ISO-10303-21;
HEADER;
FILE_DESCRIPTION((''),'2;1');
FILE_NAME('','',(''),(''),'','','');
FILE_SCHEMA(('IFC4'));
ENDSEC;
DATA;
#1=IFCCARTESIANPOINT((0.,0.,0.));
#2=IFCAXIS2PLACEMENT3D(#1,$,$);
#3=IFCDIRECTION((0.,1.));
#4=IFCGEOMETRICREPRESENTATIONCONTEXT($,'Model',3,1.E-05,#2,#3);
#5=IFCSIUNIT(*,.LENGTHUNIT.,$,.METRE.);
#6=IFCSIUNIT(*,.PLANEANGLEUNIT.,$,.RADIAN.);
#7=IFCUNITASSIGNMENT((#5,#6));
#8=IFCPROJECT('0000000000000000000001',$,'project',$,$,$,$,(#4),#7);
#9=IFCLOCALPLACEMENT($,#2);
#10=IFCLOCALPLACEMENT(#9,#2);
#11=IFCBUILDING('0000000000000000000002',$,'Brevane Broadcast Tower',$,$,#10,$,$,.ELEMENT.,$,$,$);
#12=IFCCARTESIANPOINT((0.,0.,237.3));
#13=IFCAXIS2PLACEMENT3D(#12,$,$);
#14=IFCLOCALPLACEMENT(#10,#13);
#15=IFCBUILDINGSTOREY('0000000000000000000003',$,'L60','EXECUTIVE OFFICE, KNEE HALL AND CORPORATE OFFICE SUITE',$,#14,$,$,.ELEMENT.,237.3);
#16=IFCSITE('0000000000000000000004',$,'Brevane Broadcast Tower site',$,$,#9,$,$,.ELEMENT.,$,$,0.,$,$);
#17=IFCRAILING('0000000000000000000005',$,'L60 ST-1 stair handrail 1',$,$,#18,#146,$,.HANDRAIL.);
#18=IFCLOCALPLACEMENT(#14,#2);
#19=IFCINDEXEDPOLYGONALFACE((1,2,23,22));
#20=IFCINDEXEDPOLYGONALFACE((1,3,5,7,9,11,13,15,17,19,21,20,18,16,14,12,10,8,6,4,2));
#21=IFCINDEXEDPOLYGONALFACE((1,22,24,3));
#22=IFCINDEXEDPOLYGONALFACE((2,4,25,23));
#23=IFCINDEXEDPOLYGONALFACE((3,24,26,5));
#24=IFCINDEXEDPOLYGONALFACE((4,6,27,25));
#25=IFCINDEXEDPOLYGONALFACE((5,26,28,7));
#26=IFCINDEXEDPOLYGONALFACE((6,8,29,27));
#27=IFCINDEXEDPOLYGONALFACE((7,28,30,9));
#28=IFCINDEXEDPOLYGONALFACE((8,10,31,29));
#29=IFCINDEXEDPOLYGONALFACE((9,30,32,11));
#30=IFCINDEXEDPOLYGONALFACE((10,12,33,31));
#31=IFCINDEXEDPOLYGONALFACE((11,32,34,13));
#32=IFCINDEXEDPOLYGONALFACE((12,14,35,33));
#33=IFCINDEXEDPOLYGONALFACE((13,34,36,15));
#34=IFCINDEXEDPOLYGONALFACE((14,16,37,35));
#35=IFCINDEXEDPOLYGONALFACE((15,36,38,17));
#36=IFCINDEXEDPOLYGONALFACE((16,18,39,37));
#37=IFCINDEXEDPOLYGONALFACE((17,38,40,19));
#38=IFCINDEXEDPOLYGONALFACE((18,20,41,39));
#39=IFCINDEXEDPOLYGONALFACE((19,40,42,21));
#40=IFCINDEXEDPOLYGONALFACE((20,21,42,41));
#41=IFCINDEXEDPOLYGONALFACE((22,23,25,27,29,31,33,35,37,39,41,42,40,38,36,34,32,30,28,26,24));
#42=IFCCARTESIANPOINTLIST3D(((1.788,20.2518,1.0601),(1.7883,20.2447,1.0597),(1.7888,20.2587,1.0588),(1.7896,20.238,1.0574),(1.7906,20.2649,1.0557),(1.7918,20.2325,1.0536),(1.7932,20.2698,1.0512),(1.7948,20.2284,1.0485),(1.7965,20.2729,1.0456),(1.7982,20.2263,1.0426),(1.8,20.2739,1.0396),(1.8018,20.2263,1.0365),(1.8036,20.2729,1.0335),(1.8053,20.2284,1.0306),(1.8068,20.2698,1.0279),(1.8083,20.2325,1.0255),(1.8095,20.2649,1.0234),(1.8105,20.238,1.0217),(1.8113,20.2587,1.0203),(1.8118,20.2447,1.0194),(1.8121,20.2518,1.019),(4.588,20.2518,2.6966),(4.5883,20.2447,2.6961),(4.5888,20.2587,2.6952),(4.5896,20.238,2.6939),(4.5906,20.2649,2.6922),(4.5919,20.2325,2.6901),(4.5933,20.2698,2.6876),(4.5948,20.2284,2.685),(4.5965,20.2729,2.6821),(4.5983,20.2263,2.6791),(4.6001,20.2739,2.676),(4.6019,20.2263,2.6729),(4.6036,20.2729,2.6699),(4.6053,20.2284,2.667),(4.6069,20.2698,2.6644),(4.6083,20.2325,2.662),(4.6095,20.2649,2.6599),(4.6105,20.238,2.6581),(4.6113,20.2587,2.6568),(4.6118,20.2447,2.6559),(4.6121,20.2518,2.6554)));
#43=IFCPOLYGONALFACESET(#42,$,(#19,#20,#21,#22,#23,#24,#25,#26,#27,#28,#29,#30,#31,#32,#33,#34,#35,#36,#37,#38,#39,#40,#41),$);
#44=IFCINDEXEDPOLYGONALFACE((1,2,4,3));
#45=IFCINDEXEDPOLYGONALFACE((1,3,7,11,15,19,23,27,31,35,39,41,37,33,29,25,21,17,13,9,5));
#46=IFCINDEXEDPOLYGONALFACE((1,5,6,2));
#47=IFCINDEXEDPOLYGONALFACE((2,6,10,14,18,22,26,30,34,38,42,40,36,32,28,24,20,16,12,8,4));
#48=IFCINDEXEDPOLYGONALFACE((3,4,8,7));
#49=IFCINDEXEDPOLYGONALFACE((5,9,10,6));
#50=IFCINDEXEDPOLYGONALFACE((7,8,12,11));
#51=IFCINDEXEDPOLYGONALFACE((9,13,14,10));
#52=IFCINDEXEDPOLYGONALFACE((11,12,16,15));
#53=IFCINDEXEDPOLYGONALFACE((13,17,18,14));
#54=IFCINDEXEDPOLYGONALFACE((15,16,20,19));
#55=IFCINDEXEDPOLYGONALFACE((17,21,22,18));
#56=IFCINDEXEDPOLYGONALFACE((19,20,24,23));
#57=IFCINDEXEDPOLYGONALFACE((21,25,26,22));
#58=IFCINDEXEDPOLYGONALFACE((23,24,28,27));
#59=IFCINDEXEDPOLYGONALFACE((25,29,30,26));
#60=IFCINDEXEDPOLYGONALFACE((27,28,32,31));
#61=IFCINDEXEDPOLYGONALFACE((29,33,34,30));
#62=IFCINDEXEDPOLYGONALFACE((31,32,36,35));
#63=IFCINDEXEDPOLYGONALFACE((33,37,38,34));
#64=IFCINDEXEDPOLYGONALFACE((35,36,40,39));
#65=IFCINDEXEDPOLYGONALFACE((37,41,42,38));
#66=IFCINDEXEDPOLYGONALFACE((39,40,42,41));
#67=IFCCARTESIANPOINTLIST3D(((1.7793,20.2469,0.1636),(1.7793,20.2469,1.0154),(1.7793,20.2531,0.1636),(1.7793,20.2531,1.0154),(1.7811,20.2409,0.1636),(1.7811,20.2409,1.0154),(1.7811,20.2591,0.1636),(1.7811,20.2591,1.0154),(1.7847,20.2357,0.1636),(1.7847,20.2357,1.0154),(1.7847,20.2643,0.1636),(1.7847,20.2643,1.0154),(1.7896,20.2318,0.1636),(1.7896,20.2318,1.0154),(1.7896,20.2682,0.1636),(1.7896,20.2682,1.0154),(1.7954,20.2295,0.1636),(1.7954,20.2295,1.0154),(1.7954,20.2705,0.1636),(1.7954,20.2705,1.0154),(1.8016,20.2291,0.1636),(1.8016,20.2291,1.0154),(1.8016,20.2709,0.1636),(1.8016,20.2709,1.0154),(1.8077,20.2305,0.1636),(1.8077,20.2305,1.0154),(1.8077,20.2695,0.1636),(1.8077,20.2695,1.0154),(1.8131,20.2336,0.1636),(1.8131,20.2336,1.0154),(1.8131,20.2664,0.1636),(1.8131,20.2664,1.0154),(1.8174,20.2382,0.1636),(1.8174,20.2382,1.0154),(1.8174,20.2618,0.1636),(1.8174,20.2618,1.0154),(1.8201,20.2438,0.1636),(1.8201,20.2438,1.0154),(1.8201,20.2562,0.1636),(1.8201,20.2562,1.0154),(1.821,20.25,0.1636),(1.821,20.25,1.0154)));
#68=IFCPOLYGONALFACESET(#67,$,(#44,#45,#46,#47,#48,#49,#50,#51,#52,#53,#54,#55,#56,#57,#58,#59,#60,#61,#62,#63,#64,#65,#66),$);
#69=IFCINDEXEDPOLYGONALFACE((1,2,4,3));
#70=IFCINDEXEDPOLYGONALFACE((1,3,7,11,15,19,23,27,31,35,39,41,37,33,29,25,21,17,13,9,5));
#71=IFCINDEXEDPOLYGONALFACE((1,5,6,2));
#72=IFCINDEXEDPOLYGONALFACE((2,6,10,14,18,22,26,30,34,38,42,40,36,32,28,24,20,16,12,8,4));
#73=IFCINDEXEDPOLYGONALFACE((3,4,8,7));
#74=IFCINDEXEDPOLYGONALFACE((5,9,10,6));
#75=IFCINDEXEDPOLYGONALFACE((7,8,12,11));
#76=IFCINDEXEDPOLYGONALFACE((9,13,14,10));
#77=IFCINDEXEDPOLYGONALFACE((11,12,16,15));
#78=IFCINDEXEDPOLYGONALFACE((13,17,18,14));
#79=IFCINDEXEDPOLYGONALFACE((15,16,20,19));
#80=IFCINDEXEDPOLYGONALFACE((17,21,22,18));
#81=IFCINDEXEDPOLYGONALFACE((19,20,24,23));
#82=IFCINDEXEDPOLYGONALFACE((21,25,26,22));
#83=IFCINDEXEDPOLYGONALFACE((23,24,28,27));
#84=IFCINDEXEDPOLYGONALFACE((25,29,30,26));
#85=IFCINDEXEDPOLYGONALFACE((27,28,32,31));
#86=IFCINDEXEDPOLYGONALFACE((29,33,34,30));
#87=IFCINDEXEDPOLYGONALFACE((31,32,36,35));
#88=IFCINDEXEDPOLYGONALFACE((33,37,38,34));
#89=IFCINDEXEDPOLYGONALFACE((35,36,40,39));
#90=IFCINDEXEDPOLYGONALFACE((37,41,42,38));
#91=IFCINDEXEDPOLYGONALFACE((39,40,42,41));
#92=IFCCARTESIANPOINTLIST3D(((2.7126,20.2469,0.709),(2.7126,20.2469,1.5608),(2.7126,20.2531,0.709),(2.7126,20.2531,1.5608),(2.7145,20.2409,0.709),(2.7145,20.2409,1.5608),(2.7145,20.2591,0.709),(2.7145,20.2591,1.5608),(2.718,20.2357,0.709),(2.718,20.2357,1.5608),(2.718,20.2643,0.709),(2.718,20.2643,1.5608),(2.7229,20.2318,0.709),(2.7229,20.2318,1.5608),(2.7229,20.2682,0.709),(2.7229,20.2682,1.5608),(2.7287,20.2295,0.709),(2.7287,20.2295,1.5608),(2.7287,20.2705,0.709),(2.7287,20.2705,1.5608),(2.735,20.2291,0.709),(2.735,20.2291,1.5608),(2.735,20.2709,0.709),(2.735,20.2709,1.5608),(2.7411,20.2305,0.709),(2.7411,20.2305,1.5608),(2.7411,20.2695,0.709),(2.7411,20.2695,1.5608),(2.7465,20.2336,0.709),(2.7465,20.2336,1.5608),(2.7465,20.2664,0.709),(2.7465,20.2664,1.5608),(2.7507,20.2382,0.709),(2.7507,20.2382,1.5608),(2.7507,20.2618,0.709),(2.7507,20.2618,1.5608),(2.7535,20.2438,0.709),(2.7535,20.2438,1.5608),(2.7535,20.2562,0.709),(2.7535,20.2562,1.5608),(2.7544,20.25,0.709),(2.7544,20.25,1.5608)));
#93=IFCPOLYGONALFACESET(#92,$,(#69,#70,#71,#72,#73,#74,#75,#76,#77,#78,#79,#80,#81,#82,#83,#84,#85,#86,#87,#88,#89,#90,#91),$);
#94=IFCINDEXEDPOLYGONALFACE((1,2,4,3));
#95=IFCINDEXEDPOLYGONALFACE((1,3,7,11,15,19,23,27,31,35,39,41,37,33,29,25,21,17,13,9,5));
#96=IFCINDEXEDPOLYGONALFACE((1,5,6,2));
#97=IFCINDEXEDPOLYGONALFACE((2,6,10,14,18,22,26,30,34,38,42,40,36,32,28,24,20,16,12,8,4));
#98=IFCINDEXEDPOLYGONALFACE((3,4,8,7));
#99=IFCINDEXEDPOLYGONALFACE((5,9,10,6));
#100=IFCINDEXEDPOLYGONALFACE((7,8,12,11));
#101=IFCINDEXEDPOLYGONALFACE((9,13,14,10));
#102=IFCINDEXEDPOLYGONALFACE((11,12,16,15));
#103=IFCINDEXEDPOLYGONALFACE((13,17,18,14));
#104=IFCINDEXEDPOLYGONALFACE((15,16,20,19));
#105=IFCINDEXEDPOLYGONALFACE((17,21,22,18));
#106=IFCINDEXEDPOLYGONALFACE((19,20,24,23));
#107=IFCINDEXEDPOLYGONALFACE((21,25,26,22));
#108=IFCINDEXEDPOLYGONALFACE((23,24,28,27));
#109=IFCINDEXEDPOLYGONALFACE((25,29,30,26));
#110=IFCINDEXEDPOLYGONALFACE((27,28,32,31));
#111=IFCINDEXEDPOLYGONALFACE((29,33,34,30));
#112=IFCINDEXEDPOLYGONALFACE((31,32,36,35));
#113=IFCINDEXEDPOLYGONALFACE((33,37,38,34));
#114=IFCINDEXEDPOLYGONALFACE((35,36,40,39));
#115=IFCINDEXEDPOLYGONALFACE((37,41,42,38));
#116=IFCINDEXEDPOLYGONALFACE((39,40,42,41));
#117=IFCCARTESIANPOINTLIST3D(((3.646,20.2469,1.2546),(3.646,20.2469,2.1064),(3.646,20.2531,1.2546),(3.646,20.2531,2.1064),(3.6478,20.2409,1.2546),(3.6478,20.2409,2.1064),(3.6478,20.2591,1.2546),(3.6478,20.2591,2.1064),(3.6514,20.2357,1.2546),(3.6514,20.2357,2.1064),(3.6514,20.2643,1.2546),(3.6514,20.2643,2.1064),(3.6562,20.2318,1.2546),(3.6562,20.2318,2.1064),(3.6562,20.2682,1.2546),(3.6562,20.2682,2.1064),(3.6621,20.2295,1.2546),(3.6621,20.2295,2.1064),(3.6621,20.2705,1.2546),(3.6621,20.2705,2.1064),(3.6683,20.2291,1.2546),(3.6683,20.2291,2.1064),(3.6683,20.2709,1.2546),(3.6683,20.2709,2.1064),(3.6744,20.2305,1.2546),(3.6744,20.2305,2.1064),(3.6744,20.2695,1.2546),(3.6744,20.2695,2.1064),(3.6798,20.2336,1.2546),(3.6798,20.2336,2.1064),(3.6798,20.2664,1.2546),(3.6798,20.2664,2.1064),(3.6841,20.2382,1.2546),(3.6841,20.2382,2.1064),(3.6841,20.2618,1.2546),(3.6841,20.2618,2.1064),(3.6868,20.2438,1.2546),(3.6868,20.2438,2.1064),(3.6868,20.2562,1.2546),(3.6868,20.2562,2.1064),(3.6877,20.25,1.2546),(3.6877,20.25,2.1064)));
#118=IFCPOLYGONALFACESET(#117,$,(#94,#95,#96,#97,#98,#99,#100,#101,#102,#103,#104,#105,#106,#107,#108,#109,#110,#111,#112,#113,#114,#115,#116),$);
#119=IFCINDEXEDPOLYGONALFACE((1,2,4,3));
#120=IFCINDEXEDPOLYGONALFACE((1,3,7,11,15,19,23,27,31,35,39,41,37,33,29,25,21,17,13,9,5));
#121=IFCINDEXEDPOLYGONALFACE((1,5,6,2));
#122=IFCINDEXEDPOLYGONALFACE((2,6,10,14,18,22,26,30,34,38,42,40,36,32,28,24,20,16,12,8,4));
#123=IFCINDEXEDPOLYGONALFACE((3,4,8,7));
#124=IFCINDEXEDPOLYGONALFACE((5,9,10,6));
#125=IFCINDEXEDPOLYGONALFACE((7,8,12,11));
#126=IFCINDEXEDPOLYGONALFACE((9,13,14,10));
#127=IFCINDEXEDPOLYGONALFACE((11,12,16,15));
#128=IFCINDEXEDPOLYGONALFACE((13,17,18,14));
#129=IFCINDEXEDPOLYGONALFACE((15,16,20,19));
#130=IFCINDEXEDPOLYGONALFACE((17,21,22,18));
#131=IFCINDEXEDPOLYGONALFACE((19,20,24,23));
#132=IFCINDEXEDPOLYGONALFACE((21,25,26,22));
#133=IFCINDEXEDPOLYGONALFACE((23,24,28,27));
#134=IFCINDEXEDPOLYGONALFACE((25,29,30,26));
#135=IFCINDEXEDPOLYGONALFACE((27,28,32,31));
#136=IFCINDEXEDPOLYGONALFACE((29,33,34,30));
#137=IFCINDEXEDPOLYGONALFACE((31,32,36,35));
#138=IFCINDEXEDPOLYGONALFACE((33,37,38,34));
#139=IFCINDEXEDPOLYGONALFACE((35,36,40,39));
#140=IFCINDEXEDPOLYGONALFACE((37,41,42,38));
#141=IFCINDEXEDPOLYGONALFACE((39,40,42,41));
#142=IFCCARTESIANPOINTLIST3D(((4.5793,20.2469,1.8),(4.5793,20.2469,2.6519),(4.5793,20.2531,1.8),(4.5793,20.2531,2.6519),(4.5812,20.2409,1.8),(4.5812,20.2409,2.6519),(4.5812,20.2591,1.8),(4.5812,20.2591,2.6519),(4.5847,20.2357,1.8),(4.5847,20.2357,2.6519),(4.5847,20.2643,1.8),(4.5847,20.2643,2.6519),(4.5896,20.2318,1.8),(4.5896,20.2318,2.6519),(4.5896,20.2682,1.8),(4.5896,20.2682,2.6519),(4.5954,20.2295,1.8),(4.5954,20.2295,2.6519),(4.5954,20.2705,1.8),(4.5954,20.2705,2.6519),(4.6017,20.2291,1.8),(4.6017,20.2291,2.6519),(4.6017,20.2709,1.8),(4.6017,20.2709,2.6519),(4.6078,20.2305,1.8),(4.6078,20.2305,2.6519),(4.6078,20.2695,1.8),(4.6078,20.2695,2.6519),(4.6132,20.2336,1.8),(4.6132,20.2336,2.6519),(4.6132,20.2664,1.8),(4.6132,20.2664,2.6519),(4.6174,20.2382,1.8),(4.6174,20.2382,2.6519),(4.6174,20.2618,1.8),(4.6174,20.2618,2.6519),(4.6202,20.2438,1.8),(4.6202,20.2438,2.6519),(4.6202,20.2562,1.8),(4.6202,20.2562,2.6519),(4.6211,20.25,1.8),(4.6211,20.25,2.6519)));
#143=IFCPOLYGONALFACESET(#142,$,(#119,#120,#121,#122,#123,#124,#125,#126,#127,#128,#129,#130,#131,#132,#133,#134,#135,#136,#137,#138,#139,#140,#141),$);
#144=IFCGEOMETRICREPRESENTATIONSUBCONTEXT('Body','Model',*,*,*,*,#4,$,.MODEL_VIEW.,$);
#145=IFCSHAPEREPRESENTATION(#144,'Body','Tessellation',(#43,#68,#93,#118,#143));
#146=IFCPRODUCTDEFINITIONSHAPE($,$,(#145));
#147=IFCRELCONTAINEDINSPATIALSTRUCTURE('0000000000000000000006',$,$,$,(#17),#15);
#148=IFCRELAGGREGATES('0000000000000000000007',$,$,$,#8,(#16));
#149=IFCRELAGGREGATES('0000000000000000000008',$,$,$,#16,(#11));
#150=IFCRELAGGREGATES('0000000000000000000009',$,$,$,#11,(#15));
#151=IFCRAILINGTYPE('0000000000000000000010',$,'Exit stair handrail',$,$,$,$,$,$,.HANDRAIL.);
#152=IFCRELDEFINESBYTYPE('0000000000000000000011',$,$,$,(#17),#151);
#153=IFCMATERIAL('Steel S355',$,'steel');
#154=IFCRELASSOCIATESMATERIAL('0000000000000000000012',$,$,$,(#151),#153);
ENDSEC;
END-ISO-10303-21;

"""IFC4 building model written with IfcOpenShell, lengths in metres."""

from ifc_helpers import new_model, si_unit, direction, frame, origin, origin_2d, place, context, subcontext, project, spatial, circle, extrude, material, type_object, element, save


model = new_model("IFC4")

# Units and contexts
model_context = context("Model", 3, precision=1e-05, world=origin(), true_north=direction((0.0, 1.0)))
body_context = subcontext(model_context, "Body", "Model", "MODEL_VIEW")
ifc_project = project(units=[si_unit("LENGTHUNIT", "METRE"), si_unit("PLANEANGLEUNIT", "RADIAN")], contexts=[model_context])

# Site, building, storey
site_placement = place(None, origin())
site = spatial("IfcSite", under=ifc_project, at=site_placement, Name="Brevane Broadcast Tower site", CompositionType="ELEMENT", RefElevation=0.0)
building_placement = place(site_placement, origin())
building = spatial("IfcBuilding", under=site, at=building_placement, Name="Brevane Broadcast Tower", CompositionType="ELEMENT")
storey_placement = place(building_placement, frame((0.0, 0.0, 237.3)))
storey = spatial("IfcBuildingStorey", under=building, at=storey_placement, Name="L60", Description="EXECUTIVE OFFICE, KNEE HALL AND CORPORATE OFFICE SUITE", CompositionType="ELEMENT", Elevation=237.3)

# Railing
ifc_material_1 = material(Name="Steel S355", Category="steel")
railing_type_1 = type_object("IfcRailingType", Name="Exit stair handrail", PredefinedType="HANDRAIL", material=ifc_material_1)
railing_1_placement = place(storey_placement, frame((1.8, 20.25, 0.1636)))
element("IfcRailing", 1, at=railing_1_placement, inside=storey, type_object=railing_type_1, Name="L60 ST-1 stair handrail 1", PredefinedType="HANDRAIL", context=body_context, shape_type="SweptSolid", body=[
    extrude(circle(Radius=0.0239, at=origin_2d()), frame((0.0, 0.0, 0.876), z_axis=(0.863361, 0.0, 0.504587), x_axis=(0.0, 1.0, 0.0)), (0.0, 0.0, 1.0), 3.2432),
    extrude(circle(Radius=0.021, at=origin_2d()), origin(), (0.0, 0.0, 1.0), 0.8518),
    extrude(circle(Radius=0.021, at=origin_2d()), frame((0.9333, 0.0, 0.5454)), (0.0, 0.0, 1.0), 0.8518),
    extrude(circle(Radius=0.021, at=origin_2d()), frame((1.8667, 0.0, 1.0911)), (0.0, 0.0, 1.0), 0.8518),
    extrude(circle(Radius=0.021, at=origin_2d()), frame((2.8, 0.0, 1.6365)), (0.0, 0.0, 1.0), 0.8518),
])

save(model, "model.ifc")
